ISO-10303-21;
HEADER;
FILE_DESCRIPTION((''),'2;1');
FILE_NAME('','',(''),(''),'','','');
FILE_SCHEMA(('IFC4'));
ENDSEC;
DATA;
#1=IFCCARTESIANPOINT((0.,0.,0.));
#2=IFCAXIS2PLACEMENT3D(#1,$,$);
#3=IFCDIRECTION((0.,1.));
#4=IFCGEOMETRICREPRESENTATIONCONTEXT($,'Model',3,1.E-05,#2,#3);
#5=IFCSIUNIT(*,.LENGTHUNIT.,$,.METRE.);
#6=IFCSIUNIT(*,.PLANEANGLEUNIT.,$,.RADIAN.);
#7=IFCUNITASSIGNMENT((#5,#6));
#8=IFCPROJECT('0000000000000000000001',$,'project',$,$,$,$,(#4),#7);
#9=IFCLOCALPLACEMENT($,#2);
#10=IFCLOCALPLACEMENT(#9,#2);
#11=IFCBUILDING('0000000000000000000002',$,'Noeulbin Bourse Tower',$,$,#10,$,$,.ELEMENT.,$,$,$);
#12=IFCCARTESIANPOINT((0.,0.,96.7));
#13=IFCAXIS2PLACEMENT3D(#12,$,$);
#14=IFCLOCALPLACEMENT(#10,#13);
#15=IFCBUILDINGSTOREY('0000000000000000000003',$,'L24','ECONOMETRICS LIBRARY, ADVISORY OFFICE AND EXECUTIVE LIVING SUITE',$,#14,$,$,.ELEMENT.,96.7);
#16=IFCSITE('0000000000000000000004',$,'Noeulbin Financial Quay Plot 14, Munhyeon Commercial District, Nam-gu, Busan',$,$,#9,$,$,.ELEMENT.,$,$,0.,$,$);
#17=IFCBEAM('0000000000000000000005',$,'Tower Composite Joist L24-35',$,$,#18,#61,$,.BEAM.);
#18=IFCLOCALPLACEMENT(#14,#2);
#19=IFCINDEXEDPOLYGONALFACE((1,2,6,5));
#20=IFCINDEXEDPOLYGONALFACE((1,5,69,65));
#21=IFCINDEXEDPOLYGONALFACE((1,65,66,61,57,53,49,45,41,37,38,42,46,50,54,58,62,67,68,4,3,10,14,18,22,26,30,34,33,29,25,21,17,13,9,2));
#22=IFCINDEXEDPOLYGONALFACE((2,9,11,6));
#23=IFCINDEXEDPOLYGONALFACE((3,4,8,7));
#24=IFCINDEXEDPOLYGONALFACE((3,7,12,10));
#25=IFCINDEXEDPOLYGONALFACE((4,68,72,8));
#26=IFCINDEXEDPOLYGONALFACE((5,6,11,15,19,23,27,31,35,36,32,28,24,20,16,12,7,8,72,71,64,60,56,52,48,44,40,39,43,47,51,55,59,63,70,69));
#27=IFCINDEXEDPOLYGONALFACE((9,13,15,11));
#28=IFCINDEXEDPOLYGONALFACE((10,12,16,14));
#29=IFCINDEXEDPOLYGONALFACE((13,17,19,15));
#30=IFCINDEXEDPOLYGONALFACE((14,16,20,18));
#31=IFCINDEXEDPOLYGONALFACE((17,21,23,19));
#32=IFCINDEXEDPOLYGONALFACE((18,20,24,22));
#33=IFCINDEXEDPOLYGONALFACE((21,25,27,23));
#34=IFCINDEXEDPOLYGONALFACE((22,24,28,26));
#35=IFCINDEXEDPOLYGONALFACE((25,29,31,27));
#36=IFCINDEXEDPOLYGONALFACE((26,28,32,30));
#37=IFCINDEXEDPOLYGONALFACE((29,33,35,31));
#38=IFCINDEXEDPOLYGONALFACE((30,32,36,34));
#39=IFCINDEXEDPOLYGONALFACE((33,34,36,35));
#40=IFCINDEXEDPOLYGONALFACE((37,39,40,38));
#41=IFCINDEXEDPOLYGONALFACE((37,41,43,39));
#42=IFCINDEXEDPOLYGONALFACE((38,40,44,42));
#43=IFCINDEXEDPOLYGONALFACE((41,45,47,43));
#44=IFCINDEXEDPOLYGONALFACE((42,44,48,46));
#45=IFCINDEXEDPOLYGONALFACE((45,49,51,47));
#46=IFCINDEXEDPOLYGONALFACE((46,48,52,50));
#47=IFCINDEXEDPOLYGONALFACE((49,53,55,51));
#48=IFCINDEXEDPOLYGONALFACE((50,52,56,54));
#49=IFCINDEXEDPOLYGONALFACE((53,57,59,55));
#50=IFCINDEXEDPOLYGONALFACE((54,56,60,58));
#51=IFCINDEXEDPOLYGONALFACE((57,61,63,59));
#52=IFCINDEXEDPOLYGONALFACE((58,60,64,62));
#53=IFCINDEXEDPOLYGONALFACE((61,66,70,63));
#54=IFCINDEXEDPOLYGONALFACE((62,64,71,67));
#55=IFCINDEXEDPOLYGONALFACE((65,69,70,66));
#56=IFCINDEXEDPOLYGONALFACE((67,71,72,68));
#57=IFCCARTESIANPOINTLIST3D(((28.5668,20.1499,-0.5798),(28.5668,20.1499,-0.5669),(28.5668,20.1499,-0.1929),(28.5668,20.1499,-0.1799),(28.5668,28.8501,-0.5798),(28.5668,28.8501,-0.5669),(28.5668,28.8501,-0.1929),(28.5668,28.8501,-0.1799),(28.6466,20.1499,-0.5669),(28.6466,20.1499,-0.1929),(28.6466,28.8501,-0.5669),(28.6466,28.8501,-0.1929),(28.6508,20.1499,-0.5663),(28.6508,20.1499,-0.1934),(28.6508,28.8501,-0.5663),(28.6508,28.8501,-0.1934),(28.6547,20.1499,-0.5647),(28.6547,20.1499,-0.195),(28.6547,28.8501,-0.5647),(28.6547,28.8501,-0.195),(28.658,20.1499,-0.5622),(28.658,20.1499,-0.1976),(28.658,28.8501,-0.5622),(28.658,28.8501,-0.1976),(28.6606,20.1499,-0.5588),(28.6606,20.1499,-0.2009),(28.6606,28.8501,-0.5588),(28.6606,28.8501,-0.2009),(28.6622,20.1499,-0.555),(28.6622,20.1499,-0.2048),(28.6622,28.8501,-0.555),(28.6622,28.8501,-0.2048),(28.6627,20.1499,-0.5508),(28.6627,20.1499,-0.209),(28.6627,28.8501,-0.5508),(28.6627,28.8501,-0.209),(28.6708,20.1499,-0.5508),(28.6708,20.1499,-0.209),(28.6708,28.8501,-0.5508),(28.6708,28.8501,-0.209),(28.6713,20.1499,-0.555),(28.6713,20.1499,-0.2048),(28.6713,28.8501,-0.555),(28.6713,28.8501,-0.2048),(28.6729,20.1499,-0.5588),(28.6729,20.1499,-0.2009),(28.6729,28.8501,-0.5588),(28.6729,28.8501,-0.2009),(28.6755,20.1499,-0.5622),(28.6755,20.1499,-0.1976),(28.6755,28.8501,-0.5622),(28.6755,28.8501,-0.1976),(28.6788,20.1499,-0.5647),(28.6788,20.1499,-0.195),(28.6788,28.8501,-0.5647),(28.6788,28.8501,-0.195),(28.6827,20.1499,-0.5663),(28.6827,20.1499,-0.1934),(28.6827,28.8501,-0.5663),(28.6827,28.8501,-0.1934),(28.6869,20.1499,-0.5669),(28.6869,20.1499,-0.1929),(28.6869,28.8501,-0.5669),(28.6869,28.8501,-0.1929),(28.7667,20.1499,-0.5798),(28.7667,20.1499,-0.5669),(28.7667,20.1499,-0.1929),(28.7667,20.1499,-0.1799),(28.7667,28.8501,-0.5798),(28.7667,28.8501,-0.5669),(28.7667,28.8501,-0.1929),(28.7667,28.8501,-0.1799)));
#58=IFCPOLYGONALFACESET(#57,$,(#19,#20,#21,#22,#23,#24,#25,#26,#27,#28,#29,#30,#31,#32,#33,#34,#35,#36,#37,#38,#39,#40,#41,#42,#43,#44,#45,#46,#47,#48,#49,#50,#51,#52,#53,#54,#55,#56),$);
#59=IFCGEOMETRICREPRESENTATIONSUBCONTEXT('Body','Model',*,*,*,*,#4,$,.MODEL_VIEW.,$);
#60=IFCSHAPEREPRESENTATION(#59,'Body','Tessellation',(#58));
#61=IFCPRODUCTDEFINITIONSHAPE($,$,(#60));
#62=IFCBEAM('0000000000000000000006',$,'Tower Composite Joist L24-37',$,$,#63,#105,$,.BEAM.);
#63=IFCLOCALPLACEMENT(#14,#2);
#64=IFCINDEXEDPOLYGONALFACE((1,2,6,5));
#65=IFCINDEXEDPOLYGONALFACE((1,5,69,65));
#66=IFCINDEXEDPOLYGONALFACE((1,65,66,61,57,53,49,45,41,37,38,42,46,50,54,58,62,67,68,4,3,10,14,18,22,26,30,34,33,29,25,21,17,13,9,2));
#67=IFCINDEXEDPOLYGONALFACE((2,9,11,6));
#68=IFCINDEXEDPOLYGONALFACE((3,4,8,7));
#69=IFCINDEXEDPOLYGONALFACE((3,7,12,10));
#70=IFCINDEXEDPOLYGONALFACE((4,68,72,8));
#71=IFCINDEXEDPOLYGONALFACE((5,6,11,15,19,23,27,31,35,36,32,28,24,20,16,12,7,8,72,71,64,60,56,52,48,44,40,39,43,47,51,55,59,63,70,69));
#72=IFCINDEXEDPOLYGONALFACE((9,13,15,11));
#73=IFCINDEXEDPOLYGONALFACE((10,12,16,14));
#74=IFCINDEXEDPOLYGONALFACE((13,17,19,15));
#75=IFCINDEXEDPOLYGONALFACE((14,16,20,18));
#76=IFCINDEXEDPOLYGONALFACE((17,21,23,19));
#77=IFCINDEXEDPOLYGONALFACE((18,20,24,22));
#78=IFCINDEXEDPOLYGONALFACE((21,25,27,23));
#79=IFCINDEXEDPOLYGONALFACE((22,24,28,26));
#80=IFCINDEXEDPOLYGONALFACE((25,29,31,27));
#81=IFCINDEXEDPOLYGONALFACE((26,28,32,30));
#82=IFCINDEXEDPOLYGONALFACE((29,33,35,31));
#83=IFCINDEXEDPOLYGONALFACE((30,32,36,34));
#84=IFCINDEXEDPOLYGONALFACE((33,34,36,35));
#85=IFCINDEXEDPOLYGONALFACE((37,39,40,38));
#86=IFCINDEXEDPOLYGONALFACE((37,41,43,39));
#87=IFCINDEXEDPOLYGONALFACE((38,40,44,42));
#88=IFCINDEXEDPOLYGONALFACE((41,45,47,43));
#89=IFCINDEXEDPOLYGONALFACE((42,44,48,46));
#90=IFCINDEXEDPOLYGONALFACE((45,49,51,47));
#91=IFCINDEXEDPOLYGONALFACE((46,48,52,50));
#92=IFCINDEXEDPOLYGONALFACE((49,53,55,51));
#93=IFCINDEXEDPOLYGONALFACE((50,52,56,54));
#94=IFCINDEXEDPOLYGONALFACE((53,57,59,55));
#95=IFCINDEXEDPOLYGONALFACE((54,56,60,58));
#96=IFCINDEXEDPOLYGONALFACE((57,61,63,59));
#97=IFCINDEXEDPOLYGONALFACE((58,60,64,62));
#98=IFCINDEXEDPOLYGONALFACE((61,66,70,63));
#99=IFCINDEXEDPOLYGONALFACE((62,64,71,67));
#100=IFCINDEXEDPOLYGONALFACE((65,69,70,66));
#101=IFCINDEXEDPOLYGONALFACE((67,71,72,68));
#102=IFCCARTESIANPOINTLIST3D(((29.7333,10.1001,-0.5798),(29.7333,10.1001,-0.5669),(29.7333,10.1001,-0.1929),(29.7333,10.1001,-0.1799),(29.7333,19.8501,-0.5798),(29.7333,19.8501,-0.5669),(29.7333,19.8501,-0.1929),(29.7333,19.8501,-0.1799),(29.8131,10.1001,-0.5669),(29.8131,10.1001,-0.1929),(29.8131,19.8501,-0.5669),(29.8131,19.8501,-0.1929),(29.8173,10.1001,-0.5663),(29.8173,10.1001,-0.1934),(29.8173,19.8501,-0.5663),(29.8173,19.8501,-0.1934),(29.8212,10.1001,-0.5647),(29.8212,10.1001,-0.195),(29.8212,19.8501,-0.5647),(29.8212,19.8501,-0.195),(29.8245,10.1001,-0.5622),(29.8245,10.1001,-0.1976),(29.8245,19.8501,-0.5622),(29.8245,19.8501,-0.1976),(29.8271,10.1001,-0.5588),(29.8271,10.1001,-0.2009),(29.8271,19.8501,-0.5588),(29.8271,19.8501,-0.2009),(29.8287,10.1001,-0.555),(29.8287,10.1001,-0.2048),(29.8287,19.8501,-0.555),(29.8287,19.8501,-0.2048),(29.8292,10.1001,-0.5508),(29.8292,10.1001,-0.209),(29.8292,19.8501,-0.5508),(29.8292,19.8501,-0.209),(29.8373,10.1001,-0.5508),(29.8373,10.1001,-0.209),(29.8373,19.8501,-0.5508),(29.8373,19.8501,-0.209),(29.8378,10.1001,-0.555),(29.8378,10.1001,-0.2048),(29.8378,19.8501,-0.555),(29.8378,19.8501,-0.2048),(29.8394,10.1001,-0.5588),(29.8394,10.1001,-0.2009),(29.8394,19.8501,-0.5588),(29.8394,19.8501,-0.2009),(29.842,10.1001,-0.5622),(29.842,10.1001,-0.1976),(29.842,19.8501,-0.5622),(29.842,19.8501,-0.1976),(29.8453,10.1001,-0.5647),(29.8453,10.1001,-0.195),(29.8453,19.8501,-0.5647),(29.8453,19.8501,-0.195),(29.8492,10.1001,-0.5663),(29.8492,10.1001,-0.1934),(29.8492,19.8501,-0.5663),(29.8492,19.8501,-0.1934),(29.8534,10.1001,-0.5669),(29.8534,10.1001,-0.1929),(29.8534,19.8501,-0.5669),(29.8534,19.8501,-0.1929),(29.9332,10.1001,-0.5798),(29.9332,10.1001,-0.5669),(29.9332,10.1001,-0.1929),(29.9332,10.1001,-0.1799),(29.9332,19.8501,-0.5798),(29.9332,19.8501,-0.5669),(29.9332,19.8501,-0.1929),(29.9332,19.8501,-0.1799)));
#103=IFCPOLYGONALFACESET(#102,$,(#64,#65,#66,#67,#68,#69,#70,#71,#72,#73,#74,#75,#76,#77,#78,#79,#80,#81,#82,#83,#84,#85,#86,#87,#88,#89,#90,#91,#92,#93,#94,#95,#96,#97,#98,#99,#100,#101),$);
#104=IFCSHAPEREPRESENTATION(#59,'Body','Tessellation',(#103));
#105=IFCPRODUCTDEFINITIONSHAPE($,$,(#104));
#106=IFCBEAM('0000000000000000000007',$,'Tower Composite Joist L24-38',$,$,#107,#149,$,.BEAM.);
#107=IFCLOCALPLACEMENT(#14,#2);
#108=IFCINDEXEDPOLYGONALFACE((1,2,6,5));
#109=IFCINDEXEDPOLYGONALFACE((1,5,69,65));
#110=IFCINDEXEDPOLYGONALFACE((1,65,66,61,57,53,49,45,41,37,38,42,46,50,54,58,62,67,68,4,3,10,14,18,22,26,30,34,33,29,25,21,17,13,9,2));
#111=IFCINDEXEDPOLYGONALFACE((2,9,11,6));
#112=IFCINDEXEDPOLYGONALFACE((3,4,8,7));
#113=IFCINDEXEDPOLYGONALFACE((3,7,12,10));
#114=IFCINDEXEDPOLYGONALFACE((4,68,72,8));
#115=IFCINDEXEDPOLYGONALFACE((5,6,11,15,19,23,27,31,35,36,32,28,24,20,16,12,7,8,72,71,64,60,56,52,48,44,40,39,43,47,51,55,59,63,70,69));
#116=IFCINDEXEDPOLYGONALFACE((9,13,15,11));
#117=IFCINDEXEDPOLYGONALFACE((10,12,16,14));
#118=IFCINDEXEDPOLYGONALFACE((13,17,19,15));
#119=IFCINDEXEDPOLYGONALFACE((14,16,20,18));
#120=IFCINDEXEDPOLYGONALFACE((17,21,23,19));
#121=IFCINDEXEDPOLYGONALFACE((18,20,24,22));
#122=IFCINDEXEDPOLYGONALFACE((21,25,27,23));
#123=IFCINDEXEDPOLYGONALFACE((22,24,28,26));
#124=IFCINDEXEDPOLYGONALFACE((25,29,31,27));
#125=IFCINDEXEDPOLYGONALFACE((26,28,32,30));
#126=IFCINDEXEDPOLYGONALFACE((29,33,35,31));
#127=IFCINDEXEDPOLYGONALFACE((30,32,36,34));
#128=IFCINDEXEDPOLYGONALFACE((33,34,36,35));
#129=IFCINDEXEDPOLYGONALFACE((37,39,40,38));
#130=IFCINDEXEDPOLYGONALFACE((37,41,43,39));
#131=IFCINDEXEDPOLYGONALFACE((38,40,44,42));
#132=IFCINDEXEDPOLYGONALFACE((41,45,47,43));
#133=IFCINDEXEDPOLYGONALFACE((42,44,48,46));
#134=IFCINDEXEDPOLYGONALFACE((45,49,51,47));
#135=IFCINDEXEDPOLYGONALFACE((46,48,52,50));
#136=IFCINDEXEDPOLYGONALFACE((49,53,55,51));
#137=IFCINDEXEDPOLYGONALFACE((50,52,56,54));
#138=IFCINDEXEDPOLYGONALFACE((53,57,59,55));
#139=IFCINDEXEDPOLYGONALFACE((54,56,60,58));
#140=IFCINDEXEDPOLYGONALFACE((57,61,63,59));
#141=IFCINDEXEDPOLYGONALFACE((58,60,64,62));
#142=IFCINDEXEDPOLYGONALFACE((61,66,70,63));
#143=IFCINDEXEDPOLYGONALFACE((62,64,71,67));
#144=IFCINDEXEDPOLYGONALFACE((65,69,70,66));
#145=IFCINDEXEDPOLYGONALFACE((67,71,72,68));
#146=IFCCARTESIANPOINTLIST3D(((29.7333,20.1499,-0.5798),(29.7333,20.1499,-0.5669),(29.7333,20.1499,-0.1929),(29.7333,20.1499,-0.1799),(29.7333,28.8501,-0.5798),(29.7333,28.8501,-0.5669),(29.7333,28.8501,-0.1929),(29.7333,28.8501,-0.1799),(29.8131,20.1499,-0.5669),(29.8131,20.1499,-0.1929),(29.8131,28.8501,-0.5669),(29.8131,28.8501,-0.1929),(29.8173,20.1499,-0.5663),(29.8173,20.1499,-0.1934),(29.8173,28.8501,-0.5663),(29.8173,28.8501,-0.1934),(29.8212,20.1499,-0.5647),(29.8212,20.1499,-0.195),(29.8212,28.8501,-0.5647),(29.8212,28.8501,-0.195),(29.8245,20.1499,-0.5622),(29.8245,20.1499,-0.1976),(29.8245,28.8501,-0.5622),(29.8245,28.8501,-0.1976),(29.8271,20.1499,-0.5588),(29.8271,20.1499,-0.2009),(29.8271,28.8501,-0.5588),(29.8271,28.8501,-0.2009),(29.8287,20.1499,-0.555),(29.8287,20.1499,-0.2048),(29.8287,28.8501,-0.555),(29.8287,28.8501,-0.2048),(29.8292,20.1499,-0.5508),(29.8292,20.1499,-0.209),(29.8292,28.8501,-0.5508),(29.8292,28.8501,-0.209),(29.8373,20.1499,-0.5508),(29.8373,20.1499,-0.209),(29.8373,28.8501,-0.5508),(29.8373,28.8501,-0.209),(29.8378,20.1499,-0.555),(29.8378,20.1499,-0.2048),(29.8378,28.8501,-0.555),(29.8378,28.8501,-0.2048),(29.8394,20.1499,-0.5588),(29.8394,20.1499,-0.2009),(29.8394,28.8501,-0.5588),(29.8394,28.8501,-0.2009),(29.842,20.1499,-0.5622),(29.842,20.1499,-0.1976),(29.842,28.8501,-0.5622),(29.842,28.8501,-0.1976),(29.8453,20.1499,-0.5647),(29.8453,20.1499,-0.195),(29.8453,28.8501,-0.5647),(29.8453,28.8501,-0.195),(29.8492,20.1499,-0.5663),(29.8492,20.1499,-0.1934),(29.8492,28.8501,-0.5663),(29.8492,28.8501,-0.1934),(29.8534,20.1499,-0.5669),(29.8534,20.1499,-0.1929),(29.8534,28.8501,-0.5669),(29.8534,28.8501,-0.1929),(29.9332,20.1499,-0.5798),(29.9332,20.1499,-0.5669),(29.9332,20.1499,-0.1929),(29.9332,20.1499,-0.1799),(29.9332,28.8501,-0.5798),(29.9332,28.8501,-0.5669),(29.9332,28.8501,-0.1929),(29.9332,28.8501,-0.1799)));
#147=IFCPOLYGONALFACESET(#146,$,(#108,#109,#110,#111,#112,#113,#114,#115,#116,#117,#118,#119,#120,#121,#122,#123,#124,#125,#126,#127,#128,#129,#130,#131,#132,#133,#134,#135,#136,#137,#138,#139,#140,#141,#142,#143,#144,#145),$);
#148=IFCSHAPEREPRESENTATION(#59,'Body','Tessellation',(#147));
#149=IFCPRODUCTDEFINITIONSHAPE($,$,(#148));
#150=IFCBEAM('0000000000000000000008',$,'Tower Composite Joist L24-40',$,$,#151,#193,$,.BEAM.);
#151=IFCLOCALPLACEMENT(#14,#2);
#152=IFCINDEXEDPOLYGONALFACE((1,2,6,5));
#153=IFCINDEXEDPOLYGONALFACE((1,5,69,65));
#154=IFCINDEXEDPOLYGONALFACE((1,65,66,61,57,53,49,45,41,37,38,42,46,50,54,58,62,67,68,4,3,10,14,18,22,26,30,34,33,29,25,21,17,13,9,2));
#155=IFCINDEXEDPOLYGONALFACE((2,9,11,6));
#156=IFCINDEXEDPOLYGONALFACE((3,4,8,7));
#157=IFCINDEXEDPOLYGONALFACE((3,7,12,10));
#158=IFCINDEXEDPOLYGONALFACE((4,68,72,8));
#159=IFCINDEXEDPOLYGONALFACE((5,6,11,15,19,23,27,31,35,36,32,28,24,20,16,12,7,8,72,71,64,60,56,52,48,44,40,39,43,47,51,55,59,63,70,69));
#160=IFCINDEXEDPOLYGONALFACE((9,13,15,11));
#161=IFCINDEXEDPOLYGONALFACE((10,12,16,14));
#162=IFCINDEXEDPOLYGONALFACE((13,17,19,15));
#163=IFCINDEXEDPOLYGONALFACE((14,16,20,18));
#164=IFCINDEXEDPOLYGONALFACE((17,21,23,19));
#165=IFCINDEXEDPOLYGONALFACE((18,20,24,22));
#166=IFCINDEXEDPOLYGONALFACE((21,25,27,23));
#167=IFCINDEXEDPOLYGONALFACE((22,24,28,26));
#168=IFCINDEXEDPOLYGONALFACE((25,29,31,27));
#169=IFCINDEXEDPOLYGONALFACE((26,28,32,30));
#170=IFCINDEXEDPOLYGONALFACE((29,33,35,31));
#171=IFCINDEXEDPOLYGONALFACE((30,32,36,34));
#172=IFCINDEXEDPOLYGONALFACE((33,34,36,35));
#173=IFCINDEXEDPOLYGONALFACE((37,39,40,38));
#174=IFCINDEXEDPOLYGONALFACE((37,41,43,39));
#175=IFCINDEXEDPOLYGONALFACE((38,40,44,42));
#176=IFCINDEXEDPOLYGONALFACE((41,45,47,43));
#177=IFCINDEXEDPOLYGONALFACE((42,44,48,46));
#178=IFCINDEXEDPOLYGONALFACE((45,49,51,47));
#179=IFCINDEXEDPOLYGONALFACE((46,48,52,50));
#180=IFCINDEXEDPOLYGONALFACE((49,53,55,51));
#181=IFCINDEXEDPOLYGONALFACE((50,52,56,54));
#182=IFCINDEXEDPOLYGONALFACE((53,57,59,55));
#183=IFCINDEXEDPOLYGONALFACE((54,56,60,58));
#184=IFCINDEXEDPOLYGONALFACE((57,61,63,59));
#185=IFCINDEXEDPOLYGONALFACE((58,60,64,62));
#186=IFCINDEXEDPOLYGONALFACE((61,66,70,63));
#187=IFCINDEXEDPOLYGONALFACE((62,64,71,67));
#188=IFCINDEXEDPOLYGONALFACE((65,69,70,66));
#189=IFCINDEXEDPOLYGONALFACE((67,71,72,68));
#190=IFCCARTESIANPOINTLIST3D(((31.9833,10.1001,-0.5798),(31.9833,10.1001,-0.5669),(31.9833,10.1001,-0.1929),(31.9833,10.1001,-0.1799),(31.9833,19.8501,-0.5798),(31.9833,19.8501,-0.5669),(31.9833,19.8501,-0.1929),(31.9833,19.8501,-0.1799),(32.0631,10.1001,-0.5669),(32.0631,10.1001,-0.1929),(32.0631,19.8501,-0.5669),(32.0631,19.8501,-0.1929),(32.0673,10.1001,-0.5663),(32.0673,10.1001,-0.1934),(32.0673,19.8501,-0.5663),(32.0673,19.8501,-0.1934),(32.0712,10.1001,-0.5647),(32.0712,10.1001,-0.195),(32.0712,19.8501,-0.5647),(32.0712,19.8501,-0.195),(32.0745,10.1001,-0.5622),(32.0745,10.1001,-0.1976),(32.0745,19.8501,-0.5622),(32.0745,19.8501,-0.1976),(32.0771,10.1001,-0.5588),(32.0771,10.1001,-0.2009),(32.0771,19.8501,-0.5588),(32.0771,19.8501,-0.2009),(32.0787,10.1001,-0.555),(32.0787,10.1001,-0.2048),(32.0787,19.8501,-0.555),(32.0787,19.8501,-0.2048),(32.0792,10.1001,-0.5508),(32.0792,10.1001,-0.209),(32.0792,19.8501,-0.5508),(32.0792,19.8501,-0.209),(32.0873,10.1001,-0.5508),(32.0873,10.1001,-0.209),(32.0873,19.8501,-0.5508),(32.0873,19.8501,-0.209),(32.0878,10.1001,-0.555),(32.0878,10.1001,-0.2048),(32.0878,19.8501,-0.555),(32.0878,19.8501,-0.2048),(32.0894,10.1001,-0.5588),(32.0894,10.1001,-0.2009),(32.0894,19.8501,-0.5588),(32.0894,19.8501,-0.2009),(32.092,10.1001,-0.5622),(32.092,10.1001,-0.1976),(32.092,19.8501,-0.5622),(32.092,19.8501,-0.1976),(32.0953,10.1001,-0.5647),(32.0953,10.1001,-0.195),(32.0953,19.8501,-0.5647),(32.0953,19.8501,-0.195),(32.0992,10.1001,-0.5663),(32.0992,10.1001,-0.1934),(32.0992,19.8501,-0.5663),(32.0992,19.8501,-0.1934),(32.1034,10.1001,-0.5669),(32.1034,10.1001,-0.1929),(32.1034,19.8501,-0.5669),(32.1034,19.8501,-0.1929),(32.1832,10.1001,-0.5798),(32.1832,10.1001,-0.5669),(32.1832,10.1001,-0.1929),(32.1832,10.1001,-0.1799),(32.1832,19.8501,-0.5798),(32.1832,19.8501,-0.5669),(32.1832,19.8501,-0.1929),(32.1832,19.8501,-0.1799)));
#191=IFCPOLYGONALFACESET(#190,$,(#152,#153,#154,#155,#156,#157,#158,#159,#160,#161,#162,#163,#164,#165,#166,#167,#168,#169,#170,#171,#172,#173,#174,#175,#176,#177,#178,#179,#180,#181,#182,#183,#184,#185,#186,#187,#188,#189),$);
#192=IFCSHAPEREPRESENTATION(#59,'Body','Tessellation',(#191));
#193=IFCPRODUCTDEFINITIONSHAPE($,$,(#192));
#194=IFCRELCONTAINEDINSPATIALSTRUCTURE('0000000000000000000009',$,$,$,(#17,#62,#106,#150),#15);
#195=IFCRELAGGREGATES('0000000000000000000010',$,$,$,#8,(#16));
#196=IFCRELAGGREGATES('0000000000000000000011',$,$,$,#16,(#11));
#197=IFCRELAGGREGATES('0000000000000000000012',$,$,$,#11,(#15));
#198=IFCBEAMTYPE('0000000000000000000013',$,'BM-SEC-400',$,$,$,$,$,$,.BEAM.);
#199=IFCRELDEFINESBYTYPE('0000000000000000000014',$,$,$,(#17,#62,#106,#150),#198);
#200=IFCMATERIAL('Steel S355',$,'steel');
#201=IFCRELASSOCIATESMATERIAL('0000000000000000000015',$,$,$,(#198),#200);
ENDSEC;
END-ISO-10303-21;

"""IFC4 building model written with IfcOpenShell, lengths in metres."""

from ifc_helpers import new_model, si_unit, direction, frame, origin, origin_2d, place, context, subcontext, project, spatial, i_section, extrude, material, material_profile, profile_set, type_object, element, save


model = new_model("IFC4")

# Units and contexts
model_context = context("Model", 3, precision=1e-05, world=origin(), true_north=direction((0.0, 1.0)))
body_context = subcontext(model_context, "Body", "Model", "MODEL_VIEW")
ifc_project = project(units=[si_unit("LENGTHUNIT", "METRE"), si_unit("PLANEANGLEUNIT", "RADIAN")], contexts=[model_context])

# Site, building, storey
site_placement = place(None, origin())
site = spatial("IfcSite", under=ifc_project, at=site_placement, Name="Noeulbin Financial Quay Plot 14, Munhyeon Commercial District, Nam-gu, Busan", CompositionType="ELEMENT", RefElevation=0.0)
building_placement = place(site_placement, origin())
building = spatial("IfcBuilding", under=site, at=building_placement, Name="Noeulbin Bourse Tower", CompositionType="ELEMENT")
storey_placement = place(building_placement, frame((0.0, 0.0, 96.7)))
storey = spatial("IfcBuildingStorey", under=building, at=storey_placement, Name="L24", Description="ECONOMETRICS LIBRARY, ADVISORY OFFICE AND EXECUTIVE LIVING SUITE", CompositionType="ELEMENT", Elevation=96.7)

# Beams
ifc_material_1 = material(Name="Steel S355", Category="steel")
ifc_material_profile_1 = material_profile(ifc_material_1, i_section(OverallWidth=0.2, OverallDepth=0.3999, WebThickness=0.0081, FlangeThickness=0.0129, FilletRadius=0.0161, at=origin_2d()), Name="H-400x200x8x13", Category="LoadBearing")
ifc_profile_set_1 = profile_set([ifc_material_profile_1], Name="Steel S355")
beam_type_1 = type_object("IfcBeamType", Name="BM-SEC-400", PredefinedType="BEAM", material=ifc_profile_set_1)
beam_1_placement = place(storey_placement, frame((28.6667, 20.1499, -0.3799), z_axis=(0.0, 1.0, 0.0), x_axis=(-1.0, 0.0, 0.0)))
element("IfcBeam", 1, at=beam_1_placement, inside=storey, type_object=beam_type_1, Name="Tower Composite Joist L24-35", PredefinedType="BEAM", context=body_context, shape_type="SweptSolid", body=[
    extrude(i_section(OverallWidth=0.2, OverallDepth=0.3999, WebThickness=0.0081, FlangeThickness=0.0129, FilletRadius=0.0161, at=origin_2d()), origin(), (0.0, 0.0, 1.0), 8.7002),
])
beam_2_placement = place(storey_placement, frame((29.8333, 10.1001, -0.3799), z_axis=(0.0, 1.0, 0.0), x_axis=(-1.0, 0.0, 0.0)))
element("IfcBeam", 2, at=beam_2_placement, inside=storey, type_object=beam_type_1, Name="Tower Composite Joist L24-37", PredefinedType="BEAM", context=body_context, shape_type="SweptSolid", body=[
    extrude(i_section(OverallWidth=0.2, OverallDepth=0.3999, WebThickness=0.0081, FlangeThickness=0.0129, FilletRadius=0.0161, at=origin_2d()), origin(), (0.0, 0.0, 1.0), 9.75),
])
beam_3_placement = place(storey_placement, frame((29.8333, 20.1499, -0.3799), z_axis=(0.0, 1.0, 0.0), x_axis=(-1.0, 0.0, 0.0)))
element("IfcBeam", 3, at=beam_3_placement, inside=storey, type_object=beam_type_1, Name="Tower Composite Joist L24-38", PredefinedType="BEAM", context=body_context, shape_type="SweptSolid", body=[
    extrude(i_section(OverallWidth=0.2, OverallDepth=0.3999, WebThickness=0.0081, FlangeThickness=0.0129, FilletRadius=0.0161, at=origin_2d()), origin(), (0.0, 0.0, 1.0), 8.7002),
])
beam_4_placement = place(storey_placement, frame((32.0833, 10.1001, -0.3799), z_axis=(0.0, 1.0, 0.0), x_axis=(-1.0, 0.0, 0.0)))
element("IfcBeam", 4, at=beam_4_placement, inside=storey, type_object=beam_type_1, Name="Tower Composite Joist L24-40", PredefinedType="BEAM", context=body_context, shape_type="SweptSolid", body=[
    extrude(i_section(OverallWidth=0.2, OverallDepth=0.3999, WebThickness=0.0081, FlangeThickness=0.0129, FilletRadius=0.0161, at=origin_2d()), origin(), (0.0, 0.0, 1.0), 9.75),
])

save(model, "model.ifc")
